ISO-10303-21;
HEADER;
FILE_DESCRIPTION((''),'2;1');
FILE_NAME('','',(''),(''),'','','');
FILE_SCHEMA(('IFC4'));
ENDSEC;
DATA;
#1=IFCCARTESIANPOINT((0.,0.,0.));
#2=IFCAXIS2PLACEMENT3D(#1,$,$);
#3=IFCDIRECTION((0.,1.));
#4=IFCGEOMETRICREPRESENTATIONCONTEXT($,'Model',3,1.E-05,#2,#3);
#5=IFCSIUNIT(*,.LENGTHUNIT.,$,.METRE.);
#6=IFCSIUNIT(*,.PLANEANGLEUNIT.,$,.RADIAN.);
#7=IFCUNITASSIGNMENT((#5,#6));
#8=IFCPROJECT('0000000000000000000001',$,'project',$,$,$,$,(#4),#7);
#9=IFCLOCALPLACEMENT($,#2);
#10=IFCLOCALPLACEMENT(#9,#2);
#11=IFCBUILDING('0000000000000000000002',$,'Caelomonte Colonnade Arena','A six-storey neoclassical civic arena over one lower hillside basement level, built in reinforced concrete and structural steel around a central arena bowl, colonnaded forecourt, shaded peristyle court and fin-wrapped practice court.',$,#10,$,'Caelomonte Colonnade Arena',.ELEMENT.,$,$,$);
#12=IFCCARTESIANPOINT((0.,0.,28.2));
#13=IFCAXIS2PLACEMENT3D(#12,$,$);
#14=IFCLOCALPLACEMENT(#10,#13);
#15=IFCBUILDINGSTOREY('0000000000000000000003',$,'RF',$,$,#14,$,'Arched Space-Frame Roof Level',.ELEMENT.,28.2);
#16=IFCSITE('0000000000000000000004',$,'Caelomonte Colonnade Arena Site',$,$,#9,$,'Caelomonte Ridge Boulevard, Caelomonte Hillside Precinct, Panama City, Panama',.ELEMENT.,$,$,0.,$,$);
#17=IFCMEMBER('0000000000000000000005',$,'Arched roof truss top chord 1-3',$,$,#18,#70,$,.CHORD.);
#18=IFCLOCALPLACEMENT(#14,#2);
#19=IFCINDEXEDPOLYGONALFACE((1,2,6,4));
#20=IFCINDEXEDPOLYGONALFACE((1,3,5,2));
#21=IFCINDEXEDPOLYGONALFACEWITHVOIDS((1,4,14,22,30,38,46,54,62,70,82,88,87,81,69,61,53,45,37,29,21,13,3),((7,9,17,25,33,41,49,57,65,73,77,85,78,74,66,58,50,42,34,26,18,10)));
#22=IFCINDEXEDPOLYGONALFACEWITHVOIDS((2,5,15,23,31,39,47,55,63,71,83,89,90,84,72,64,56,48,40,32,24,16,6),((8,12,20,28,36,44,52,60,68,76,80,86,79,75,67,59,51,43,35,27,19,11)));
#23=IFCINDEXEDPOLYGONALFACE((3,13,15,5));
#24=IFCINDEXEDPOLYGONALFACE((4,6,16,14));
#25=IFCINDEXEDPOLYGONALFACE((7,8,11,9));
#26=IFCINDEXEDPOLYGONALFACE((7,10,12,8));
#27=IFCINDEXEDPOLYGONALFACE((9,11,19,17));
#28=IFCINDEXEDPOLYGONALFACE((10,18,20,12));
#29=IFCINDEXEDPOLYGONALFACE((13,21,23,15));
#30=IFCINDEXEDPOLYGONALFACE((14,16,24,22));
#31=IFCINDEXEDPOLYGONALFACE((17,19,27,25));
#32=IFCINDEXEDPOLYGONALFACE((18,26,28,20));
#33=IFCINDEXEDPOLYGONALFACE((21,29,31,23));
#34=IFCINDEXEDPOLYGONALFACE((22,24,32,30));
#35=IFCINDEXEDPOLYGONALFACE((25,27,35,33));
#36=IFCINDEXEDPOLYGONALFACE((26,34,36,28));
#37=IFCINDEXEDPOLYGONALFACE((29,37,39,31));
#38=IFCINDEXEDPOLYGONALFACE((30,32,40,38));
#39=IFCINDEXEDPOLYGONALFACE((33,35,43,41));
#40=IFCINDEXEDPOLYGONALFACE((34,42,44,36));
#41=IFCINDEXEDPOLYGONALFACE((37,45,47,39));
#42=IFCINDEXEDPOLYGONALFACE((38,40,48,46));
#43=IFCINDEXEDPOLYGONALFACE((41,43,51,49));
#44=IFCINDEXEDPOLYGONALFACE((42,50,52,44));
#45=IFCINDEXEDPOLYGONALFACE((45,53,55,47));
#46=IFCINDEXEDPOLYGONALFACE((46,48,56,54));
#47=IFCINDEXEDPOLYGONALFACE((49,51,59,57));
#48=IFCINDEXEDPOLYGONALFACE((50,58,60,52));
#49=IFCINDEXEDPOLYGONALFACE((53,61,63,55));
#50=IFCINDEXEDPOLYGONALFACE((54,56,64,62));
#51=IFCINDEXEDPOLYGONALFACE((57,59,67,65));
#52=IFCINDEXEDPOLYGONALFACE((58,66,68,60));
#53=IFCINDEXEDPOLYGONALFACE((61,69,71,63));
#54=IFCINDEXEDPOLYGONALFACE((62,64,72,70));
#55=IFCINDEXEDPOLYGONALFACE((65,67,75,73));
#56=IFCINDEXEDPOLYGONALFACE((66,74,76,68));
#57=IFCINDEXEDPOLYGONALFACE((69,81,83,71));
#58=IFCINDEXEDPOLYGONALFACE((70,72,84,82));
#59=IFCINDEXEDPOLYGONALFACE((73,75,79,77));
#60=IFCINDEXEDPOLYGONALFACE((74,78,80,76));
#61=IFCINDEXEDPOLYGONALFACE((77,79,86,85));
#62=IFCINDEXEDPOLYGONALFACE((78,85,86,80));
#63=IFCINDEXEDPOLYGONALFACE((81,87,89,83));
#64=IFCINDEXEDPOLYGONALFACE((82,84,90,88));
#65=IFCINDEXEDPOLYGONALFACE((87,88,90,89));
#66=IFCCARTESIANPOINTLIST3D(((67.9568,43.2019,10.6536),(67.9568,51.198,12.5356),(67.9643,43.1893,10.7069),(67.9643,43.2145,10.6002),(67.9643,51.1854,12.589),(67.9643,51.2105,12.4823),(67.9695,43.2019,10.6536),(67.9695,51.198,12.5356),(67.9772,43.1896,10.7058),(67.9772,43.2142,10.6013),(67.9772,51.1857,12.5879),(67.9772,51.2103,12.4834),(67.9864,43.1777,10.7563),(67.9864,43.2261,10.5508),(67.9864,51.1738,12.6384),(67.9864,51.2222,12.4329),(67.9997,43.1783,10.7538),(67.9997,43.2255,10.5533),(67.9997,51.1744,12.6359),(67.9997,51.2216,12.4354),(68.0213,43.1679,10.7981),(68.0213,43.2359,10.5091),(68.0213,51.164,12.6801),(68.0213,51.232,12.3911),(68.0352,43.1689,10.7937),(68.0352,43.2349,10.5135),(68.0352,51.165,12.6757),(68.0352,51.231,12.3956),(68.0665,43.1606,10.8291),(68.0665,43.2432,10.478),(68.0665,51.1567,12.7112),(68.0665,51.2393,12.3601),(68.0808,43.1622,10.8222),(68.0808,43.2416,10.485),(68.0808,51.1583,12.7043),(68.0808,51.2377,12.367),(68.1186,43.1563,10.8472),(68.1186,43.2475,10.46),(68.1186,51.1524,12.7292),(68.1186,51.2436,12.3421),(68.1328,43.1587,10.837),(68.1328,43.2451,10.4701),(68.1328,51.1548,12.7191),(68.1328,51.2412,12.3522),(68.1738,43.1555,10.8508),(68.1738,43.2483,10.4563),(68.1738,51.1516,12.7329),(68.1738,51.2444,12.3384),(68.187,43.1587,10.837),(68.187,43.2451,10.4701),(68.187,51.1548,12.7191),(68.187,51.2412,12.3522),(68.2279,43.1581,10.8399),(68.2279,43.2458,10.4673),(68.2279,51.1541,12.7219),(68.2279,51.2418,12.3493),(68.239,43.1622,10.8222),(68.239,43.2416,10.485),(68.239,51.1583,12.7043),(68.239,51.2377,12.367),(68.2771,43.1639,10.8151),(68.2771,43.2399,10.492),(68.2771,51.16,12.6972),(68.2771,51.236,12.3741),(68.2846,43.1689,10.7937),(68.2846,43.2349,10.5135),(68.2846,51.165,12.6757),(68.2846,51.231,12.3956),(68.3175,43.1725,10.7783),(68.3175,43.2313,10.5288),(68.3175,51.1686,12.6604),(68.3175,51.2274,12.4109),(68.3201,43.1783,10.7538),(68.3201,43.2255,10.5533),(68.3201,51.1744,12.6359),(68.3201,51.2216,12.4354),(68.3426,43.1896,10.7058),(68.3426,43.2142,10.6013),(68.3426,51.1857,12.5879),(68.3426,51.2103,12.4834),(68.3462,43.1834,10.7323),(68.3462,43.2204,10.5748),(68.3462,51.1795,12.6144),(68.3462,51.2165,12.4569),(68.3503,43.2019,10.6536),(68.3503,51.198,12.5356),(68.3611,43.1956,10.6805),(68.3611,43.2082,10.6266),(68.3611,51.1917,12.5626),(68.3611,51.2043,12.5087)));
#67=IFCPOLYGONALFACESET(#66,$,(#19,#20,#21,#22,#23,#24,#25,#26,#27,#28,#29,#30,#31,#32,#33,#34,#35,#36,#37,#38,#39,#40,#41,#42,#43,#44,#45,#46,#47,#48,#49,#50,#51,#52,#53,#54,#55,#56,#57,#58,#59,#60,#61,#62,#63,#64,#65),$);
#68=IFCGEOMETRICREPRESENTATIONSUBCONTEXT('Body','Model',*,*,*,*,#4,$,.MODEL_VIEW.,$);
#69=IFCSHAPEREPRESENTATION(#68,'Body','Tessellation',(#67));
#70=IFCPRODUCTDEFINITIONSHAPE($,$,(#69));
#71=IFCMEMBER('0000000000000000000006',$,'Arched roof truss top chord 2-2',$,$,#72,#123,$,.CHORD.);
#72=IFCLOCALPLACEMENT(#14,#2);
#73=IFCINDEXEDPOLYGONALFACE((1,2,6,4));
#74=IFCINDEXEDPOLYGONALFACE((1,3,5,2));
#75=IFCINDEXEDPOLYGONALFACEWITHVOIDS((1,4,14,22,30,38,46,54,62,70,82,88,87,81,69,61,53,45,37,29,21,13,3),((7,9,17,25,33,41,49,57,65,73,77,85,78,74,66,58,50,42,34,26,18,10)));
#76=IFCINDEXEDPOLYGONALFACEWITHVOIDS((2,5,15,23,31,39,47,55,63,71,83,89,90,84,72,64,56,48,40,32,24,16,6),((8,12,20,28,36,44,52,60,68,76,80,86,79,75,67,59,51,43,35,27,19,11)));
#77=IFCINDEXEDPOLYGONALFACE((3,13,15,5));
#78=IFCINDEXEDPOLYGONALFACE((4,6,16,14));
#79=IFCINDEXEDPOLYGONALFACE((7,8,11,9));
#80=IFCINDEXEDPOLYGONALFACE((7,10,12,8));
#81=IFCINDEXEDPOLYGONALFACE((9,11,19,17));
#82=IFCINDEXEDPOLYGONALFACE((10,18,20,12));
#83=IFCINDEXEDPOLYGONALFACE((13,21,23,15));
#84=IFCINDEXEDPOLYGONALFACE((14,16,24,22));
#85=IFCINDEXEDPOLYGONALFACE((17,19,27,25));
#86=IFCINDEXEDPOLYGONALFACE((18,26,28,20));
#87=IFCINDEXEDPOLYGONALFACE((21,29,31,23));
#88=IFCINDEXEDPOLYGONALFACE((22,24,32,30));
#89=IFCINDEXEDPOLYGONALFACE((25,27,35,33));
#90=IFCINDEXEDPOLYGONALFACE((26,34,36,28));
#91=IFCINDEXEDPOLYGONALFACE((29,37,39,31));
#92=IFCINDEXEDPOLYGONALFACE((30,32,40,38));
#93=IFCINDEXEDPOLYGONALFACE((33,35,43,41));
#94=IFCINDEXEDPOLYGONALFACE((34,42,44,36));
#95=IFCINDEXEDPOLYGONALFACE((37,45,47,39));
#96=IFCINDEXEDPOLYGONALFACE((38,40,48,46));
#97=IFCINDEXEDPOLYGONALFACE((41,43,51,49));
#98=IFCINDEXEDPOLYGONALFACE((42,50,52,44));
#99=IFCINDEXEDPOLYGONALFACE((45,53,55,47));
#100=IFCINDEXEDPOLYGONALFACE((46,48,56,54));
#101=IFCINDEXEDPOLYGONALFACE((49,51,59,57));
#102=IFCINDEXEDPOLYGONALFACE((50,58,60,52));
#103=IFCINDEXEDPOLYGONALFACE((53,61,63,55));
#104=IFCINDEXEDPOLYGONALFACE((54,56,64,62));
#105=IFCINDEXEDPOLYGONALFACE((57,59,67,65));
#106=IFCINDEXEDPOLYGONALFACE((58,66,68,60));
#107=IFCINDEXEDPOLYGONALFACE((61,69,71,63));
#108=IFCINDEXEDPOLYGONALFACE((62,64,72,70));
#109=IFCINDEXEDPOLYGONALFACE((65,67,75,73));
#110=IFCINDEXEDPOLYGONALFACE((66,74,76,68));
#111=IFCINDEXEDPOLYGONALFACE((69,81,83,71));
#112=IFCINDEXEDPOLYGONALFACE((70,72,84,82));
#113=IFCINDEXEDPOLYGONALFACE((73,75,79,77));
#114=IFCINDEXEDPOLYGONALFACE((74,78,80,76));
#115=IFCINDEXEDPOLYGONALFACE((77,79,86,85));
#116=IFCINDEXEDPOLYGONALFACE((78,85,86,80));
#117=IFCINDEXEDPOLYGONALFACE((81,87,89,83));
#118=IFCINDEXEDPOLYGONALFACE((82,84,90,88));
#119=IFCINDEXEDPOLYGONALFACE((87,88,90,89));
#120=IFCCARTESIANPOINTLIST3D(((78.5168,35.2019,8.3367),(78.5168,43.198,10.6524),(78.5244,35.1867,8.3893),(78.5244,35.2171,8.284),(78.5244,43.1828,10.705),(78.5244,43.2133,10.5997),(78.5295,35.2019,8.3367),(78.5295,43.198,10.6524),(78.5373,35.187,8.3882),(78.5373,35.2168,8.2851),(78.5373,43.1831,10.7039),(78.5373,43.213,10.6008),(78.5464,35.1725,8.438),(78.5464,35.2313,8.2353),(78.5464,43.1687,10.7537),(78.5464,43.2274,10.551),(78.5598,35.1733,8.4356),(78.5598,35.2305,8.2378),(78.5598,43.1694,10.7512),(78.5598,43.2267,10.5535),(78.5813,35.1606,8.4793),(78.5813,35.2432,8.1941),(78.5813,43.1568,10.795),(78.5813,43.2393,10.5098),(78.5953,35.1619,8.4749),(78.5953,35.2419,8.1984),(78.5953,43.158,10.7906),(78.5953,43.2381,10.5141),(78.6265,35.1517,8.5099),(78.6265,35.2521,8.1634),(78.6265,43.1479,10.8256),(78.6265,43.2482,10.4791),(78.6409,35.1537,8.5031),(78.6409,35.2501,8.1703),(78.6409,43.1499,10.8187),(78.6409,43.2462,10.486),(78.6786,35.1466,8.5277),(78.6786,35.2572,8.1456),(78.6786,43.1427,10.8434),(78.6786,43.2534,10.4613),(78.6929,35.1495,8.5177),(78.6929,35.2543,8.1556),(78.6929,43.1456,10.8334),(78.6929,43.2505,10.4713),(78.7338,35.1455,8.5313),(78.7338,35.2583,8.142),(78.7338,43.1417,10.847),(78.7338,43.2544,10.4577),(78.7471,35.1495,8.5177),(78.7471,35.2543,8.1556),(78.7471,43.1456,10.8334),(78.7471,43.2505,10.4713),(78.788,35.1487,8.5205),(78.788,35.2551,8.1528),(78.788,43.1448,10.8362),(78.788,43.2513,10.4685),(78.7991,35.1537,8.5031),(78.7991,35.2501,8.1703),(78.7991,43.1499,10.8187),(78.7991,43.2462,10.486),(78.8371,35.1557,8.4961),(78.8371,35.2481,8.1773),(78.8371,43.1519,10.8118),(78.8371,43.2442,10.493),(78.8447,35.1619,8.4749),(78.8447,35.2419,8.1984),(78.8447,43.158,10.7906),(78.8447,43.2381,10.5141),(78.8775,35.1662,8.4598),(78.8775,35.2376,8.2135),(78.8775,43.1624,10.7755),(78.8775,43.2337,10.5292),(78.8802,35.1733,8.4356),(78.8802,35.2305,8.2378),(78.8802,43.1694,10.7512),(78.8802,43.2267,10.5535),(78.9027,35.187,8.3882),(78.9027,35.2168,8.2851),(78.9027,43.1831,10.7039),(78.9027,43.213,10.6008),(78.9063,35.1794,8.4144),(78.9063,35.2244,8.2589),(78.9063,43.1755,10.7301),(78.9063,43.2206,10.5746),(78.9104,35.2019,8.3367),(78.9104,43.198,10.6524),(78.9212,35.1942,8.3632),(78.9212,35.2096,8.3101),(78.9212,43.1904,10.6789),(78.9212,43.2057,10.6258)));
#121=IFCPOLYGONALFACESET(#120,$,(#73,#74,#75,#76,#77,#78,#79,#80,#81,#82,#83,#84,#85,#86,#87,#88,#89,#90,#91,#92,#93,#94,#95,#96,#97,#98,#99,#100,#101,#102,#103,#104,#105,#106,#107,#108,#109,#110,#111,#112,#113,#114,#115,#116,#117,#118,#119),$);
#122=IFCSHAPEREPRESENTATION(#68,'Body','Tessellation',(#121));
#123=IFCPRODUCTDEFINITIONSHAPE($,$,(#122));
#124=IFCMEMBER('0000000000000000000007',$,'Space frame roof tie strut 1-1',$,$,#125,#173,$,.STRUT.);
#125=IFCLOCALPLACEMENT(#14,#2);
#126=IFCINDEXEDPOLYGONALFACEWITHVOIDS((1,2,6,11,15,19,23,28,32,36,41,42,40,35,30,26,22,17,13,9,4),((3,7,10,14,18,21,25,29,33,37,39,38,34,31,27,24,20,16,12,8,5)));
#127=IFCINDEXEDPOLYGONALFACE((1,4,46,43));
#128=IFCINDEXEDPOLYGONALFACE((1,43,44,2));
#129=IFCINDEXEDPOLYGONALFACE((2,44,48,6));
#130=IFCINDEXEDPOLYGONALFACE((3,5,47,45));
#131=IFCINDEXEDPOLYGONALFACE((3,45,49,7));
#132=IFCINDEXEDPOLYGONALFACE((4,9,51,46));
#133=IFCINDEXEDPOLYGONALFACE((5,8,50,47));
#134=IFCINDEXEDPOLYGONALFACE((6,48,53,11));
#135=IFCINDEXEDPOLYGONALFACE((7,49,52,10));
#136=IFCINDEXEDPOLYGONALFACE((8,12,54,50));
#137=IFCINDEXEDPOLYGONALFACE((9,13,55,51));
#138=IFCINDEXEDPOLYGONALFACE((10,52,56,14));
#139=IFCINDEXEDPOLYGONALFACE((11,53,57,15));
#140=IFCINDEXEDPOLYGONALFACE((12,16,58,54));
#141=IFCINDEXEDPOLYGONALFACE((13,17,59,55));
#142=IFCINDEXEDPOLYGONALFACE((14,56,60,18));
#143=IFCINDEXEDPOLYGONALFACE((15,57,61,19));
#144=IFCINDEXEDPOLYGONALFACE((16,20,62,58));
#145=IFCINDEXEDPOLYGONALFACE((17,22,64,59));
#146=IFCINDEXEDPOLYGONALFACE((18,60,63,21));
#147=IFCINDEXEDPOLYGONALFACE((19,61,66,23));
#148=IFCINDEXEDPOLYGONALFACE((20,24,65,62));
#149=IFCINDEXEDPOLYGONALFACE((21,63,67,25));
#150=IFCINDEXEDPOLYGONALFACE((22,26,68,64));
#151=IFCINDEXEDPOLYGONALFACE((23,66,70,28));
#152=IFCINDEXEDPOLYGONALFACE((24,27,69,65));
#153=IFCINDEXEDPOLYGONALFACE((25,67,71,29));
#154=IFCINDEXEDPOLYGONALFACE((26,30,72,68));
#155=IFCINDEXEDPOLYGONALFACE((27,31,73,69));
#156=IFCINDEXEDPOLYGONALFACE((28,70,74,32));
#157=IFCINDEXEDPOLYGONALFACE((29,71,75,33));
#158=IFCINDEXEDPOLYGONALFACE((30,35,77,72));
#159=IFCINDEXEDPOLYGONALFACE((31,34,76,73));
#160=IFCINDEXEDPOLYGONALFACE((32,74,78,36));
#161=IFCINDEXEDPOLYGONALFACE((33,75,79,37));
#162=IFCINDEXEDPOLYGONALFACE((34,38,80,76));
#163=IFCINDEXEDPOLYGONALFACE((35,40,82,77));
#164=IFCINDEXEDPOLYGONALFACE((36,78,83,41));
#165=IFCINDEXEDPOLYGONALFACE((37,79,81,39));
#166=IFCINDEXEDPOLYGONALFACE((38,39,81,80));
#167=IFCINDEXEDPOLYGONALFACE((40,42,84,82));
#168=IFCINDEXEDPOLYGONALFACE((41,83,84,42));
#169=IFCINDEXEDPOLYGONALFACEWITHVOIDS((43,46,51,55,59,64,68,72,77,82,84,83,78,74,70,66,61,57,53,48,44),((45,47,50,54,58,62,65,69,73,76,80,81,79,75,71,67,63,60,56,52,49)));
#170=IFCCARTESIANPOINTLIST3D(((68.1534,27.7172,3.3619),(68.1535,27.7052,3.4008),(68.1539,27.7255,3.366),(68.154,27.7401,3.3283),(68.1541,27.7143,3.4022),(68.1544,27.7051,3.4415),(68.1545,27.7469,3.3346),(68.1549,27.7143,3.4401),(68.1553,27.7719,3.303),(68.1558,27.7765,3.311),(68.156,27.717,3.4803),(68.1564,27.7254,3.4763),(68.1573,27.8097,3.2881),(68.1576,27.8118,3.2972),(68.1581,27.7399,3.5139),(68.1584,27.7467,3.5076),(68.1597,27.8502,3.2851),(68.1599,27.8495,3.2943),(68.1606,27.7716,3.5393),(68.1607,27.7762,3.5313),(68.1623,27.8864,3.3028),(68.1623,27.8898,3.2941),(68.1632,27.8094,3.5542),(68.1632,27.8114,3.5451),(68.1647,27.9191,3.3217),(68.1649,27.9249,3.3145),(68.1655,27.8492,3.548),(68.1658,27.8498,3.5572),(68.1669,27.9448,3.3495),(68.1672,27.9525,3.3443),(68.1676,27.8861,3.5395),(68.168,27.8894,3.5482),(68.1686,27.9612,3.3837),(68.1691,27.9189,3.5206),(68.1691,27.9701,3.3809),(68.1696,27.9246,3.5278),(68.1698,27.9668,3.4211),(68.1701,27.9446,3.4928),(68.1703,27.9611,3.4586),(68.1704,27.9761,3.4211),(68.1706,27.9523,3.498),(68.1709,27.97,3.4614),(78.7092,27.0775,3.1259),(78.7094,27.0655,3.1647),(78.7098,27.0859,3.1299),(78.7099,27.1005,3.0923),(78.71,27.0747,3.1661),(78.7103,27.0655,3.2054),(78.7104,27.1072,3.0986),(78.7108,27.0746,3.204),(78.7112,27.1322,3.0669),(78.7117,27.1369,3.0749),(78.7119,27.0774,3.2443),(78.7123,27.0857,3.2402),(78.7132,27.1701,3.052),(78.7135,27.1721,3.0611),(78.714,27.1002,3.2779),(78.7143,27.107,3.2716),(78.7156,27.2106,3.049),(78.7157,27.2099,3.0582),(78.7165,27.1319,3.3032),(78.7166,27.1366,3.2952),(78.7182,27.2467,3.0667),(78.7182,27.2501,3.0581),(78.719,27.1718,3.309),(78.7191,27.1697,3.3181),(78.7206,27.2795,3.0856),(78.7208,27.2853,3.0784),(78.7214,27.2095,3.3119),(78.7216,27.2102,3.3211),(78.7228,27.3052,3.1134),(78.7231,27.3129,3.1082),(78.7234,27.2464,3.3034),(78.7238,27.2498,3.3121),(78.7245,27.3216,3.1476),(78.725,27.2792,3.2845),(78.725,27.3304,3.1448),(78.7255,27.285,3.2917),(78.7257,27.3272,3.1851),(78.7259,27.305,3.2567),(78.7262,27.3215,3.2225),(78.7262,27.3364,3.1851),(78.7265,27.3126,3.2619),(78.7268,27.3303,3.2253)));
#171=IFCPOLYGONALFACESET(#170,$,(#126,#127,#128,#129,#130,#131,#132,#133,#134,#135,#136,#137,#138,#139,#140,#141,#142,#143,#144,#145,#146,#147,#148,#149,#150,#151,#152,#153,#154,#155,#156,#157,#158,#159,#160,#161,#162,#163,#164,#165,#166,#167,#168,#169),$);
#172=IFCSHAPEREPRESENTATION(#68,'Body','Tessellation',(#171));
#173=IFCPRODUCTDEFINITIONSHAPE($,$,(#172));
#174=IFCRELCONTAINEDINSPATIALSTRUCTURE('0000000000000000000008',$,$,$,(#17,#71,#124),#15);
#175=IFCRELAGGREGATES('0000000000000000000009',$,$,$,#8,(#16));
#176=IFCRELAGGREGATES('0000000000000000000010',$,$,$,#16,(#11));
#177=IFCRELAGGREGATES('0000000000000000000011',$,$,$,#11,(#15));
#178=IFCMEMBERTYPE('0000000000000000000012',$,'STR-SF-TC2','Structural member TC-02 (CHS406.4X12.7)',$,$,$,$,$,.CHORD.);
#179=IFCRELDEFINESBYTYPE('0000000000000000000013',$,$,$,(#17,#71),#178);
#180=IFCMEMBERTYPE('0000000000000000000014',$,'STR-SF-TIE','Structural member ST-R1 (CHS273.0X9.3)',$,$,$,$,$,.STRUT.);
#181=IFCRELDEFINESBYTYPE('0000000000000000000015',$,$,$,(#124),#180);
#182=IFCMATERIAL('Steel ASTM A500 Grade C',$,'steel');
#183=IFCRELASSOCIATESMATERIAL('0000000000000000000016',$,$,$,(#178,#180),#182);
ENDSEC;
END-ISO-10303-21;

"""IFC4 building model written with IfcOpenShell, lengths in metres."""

from ifc_helpers import new_model, si_unit, direction, frame, origin, origin_2d, place, context, subcontext, project, spatial, hollow_circle, extrude, material, material_profile, profile_set, type_object, element, save


model = new_model("IFC4")

# Units and contexts
model_context = context("Model", 3, precision=1e-05, world=origin(), true_north=direction((0.0, 1.0)))
body_context = subcontext(model_context, "Body", "Model", "MODEL_VIEW")
ifc_project = project(units=[si_unit("LENGTHUNIT", "METRE"), si_unit("PLANEANGLEUNIT", "RADIAN")], contexts=[model_context])

# Site, building, storey
site_placement = place(None, origin())
site = spatial("IfcSite", under=ifc_project, at=site_placement, Name="Caelomonte Colonnade Arena Site", LongName="Caelomonte Ridge Boulevard, Caelomonte Hillside Precinct, Panama City, Panama", CompositionType="ELEMENT", RefElevation=0.0)
building_placement = place(site_placement, origin())
building = spatial("IfcBuilding", under=site, at=building_placement, Name="Caelomonte Colonnade Arena", Description="A six-storey neoclassical civic arena over one lower hillside basement level, built in reinforced concrete and structural steel around a central arena bowl, colonnaded forecourt, shaded peristyle court and fin-wrapped practice court.", LongName="Caelomonte Colonnade Arena", CompositionType="ELEMENT")
storey_placement = place(building_placement, frame((0.0, 0.0, 28.2)))
storey = spatial("IfcBuildingStorey", under=building, at=storey_placement, Name="RF", LongName="Arched Space-Frame Roof Level", CompositionType="ELEMENT", Elevation=28.2)

# Members
ifc_material_1 = material(Name="Steel ASTM A500 Grade C", Category="steel")
ifc_material_profile_1 = material_profile(ifc_material_1, hollow_circle(Radius=0.2031, WallThickness=0.0127, at=origin_2d()), Name="CHS406.4X12.7")
ifc_profile_set_1 = profile_set([ifc_material_profile_1], Name="Steel ASTM A500 Grade C")
member_type_1 = type_object("IfcMemberType", Name="STR-SF-TC2", Description="Structural member TC-02 (CHS406.4X12.7)", PredefinedType="CHORD", material=ifc_profile_set_1)
member_1_placement = place(storey_placement, frame((68.1599, 43.2019, 10.6536), z_axis=(0.0, 0.9734, 0.229114), x_axis=(-1.0, 0.0, 0.0)))
element("IfcMember", 1, at=member_1_placement, inside=storey, type_object=member_type_1, Name="Arched roof truss top chord 1-3", PredefinedType="CHORD", context=body_context, shape_type="SweptSolid", body=[
    extrude(hollow_circle(Radius=0.2031, WallThickness=0.0127, at=origin_2d()), origin(), (0.0, 0.0, 1.0), 8.2146),
])
member_2_placement = place(storey_placement, frame((78.72, 35.2019, 8.3367), z_axis=(0.0, 0.960532, 0.278171), x_axis=(-1.0, 0.0, 0.0)))
element("IfcMember", 2, at=member_2_placement, inside=storey, type_object=member_type_1, Name="Arched roof truss top chord 2-2", PredefinedType="CHORD", context=body_context, shape_type="SweptSolid", body=[
    extrude(hollow_circle(Radius=0.2031, WallThickness=0.0127, at=origin_2d()), origin(), (0.0, 0.0, 1.0), 8.3247),
])
ifc_material_profile_2 = material_profile(ifc_material_1, hollow_circle(Radius=0.1365, WallThickness=0.0093, at=origin_2d()), Name="CHS273.0X9.3")
ifc_profile_set_2 = profile_set([ifc_material_profile_2], Name="Steel ASTM A500 Grade C")
member_type_2 = type_object("IfcMemberType", Name="STR-SF-TIE", Description="Structural member ST-R1 (CHS273.0X9.3)", PredefinedType="STRUT", material=ifc_profile_set_2)
member_3_placement = place(storey_placement, frame((68.1621, 27.8398, 3.4211), z_axis=(0.99792, -0.06047, -0.022319), x_axis=(0.060485, 0.998169, 0.0)))
element("IfcMember", 3, at=member_3_placement, inside=storey, type_object=member_type_2, Name="Space frame roof tie strut 1-1", PredefinedType="STRUT", context=body_context, shape_type="SweptSolid", body=[
    extrude(hollow_circle(Radius=0.1365, WallThickness=0.0093, at=origin_2d()), origin(), (0.0, 0.0, 1.0), 10.5779),
])

save(model, "model.ifc")
